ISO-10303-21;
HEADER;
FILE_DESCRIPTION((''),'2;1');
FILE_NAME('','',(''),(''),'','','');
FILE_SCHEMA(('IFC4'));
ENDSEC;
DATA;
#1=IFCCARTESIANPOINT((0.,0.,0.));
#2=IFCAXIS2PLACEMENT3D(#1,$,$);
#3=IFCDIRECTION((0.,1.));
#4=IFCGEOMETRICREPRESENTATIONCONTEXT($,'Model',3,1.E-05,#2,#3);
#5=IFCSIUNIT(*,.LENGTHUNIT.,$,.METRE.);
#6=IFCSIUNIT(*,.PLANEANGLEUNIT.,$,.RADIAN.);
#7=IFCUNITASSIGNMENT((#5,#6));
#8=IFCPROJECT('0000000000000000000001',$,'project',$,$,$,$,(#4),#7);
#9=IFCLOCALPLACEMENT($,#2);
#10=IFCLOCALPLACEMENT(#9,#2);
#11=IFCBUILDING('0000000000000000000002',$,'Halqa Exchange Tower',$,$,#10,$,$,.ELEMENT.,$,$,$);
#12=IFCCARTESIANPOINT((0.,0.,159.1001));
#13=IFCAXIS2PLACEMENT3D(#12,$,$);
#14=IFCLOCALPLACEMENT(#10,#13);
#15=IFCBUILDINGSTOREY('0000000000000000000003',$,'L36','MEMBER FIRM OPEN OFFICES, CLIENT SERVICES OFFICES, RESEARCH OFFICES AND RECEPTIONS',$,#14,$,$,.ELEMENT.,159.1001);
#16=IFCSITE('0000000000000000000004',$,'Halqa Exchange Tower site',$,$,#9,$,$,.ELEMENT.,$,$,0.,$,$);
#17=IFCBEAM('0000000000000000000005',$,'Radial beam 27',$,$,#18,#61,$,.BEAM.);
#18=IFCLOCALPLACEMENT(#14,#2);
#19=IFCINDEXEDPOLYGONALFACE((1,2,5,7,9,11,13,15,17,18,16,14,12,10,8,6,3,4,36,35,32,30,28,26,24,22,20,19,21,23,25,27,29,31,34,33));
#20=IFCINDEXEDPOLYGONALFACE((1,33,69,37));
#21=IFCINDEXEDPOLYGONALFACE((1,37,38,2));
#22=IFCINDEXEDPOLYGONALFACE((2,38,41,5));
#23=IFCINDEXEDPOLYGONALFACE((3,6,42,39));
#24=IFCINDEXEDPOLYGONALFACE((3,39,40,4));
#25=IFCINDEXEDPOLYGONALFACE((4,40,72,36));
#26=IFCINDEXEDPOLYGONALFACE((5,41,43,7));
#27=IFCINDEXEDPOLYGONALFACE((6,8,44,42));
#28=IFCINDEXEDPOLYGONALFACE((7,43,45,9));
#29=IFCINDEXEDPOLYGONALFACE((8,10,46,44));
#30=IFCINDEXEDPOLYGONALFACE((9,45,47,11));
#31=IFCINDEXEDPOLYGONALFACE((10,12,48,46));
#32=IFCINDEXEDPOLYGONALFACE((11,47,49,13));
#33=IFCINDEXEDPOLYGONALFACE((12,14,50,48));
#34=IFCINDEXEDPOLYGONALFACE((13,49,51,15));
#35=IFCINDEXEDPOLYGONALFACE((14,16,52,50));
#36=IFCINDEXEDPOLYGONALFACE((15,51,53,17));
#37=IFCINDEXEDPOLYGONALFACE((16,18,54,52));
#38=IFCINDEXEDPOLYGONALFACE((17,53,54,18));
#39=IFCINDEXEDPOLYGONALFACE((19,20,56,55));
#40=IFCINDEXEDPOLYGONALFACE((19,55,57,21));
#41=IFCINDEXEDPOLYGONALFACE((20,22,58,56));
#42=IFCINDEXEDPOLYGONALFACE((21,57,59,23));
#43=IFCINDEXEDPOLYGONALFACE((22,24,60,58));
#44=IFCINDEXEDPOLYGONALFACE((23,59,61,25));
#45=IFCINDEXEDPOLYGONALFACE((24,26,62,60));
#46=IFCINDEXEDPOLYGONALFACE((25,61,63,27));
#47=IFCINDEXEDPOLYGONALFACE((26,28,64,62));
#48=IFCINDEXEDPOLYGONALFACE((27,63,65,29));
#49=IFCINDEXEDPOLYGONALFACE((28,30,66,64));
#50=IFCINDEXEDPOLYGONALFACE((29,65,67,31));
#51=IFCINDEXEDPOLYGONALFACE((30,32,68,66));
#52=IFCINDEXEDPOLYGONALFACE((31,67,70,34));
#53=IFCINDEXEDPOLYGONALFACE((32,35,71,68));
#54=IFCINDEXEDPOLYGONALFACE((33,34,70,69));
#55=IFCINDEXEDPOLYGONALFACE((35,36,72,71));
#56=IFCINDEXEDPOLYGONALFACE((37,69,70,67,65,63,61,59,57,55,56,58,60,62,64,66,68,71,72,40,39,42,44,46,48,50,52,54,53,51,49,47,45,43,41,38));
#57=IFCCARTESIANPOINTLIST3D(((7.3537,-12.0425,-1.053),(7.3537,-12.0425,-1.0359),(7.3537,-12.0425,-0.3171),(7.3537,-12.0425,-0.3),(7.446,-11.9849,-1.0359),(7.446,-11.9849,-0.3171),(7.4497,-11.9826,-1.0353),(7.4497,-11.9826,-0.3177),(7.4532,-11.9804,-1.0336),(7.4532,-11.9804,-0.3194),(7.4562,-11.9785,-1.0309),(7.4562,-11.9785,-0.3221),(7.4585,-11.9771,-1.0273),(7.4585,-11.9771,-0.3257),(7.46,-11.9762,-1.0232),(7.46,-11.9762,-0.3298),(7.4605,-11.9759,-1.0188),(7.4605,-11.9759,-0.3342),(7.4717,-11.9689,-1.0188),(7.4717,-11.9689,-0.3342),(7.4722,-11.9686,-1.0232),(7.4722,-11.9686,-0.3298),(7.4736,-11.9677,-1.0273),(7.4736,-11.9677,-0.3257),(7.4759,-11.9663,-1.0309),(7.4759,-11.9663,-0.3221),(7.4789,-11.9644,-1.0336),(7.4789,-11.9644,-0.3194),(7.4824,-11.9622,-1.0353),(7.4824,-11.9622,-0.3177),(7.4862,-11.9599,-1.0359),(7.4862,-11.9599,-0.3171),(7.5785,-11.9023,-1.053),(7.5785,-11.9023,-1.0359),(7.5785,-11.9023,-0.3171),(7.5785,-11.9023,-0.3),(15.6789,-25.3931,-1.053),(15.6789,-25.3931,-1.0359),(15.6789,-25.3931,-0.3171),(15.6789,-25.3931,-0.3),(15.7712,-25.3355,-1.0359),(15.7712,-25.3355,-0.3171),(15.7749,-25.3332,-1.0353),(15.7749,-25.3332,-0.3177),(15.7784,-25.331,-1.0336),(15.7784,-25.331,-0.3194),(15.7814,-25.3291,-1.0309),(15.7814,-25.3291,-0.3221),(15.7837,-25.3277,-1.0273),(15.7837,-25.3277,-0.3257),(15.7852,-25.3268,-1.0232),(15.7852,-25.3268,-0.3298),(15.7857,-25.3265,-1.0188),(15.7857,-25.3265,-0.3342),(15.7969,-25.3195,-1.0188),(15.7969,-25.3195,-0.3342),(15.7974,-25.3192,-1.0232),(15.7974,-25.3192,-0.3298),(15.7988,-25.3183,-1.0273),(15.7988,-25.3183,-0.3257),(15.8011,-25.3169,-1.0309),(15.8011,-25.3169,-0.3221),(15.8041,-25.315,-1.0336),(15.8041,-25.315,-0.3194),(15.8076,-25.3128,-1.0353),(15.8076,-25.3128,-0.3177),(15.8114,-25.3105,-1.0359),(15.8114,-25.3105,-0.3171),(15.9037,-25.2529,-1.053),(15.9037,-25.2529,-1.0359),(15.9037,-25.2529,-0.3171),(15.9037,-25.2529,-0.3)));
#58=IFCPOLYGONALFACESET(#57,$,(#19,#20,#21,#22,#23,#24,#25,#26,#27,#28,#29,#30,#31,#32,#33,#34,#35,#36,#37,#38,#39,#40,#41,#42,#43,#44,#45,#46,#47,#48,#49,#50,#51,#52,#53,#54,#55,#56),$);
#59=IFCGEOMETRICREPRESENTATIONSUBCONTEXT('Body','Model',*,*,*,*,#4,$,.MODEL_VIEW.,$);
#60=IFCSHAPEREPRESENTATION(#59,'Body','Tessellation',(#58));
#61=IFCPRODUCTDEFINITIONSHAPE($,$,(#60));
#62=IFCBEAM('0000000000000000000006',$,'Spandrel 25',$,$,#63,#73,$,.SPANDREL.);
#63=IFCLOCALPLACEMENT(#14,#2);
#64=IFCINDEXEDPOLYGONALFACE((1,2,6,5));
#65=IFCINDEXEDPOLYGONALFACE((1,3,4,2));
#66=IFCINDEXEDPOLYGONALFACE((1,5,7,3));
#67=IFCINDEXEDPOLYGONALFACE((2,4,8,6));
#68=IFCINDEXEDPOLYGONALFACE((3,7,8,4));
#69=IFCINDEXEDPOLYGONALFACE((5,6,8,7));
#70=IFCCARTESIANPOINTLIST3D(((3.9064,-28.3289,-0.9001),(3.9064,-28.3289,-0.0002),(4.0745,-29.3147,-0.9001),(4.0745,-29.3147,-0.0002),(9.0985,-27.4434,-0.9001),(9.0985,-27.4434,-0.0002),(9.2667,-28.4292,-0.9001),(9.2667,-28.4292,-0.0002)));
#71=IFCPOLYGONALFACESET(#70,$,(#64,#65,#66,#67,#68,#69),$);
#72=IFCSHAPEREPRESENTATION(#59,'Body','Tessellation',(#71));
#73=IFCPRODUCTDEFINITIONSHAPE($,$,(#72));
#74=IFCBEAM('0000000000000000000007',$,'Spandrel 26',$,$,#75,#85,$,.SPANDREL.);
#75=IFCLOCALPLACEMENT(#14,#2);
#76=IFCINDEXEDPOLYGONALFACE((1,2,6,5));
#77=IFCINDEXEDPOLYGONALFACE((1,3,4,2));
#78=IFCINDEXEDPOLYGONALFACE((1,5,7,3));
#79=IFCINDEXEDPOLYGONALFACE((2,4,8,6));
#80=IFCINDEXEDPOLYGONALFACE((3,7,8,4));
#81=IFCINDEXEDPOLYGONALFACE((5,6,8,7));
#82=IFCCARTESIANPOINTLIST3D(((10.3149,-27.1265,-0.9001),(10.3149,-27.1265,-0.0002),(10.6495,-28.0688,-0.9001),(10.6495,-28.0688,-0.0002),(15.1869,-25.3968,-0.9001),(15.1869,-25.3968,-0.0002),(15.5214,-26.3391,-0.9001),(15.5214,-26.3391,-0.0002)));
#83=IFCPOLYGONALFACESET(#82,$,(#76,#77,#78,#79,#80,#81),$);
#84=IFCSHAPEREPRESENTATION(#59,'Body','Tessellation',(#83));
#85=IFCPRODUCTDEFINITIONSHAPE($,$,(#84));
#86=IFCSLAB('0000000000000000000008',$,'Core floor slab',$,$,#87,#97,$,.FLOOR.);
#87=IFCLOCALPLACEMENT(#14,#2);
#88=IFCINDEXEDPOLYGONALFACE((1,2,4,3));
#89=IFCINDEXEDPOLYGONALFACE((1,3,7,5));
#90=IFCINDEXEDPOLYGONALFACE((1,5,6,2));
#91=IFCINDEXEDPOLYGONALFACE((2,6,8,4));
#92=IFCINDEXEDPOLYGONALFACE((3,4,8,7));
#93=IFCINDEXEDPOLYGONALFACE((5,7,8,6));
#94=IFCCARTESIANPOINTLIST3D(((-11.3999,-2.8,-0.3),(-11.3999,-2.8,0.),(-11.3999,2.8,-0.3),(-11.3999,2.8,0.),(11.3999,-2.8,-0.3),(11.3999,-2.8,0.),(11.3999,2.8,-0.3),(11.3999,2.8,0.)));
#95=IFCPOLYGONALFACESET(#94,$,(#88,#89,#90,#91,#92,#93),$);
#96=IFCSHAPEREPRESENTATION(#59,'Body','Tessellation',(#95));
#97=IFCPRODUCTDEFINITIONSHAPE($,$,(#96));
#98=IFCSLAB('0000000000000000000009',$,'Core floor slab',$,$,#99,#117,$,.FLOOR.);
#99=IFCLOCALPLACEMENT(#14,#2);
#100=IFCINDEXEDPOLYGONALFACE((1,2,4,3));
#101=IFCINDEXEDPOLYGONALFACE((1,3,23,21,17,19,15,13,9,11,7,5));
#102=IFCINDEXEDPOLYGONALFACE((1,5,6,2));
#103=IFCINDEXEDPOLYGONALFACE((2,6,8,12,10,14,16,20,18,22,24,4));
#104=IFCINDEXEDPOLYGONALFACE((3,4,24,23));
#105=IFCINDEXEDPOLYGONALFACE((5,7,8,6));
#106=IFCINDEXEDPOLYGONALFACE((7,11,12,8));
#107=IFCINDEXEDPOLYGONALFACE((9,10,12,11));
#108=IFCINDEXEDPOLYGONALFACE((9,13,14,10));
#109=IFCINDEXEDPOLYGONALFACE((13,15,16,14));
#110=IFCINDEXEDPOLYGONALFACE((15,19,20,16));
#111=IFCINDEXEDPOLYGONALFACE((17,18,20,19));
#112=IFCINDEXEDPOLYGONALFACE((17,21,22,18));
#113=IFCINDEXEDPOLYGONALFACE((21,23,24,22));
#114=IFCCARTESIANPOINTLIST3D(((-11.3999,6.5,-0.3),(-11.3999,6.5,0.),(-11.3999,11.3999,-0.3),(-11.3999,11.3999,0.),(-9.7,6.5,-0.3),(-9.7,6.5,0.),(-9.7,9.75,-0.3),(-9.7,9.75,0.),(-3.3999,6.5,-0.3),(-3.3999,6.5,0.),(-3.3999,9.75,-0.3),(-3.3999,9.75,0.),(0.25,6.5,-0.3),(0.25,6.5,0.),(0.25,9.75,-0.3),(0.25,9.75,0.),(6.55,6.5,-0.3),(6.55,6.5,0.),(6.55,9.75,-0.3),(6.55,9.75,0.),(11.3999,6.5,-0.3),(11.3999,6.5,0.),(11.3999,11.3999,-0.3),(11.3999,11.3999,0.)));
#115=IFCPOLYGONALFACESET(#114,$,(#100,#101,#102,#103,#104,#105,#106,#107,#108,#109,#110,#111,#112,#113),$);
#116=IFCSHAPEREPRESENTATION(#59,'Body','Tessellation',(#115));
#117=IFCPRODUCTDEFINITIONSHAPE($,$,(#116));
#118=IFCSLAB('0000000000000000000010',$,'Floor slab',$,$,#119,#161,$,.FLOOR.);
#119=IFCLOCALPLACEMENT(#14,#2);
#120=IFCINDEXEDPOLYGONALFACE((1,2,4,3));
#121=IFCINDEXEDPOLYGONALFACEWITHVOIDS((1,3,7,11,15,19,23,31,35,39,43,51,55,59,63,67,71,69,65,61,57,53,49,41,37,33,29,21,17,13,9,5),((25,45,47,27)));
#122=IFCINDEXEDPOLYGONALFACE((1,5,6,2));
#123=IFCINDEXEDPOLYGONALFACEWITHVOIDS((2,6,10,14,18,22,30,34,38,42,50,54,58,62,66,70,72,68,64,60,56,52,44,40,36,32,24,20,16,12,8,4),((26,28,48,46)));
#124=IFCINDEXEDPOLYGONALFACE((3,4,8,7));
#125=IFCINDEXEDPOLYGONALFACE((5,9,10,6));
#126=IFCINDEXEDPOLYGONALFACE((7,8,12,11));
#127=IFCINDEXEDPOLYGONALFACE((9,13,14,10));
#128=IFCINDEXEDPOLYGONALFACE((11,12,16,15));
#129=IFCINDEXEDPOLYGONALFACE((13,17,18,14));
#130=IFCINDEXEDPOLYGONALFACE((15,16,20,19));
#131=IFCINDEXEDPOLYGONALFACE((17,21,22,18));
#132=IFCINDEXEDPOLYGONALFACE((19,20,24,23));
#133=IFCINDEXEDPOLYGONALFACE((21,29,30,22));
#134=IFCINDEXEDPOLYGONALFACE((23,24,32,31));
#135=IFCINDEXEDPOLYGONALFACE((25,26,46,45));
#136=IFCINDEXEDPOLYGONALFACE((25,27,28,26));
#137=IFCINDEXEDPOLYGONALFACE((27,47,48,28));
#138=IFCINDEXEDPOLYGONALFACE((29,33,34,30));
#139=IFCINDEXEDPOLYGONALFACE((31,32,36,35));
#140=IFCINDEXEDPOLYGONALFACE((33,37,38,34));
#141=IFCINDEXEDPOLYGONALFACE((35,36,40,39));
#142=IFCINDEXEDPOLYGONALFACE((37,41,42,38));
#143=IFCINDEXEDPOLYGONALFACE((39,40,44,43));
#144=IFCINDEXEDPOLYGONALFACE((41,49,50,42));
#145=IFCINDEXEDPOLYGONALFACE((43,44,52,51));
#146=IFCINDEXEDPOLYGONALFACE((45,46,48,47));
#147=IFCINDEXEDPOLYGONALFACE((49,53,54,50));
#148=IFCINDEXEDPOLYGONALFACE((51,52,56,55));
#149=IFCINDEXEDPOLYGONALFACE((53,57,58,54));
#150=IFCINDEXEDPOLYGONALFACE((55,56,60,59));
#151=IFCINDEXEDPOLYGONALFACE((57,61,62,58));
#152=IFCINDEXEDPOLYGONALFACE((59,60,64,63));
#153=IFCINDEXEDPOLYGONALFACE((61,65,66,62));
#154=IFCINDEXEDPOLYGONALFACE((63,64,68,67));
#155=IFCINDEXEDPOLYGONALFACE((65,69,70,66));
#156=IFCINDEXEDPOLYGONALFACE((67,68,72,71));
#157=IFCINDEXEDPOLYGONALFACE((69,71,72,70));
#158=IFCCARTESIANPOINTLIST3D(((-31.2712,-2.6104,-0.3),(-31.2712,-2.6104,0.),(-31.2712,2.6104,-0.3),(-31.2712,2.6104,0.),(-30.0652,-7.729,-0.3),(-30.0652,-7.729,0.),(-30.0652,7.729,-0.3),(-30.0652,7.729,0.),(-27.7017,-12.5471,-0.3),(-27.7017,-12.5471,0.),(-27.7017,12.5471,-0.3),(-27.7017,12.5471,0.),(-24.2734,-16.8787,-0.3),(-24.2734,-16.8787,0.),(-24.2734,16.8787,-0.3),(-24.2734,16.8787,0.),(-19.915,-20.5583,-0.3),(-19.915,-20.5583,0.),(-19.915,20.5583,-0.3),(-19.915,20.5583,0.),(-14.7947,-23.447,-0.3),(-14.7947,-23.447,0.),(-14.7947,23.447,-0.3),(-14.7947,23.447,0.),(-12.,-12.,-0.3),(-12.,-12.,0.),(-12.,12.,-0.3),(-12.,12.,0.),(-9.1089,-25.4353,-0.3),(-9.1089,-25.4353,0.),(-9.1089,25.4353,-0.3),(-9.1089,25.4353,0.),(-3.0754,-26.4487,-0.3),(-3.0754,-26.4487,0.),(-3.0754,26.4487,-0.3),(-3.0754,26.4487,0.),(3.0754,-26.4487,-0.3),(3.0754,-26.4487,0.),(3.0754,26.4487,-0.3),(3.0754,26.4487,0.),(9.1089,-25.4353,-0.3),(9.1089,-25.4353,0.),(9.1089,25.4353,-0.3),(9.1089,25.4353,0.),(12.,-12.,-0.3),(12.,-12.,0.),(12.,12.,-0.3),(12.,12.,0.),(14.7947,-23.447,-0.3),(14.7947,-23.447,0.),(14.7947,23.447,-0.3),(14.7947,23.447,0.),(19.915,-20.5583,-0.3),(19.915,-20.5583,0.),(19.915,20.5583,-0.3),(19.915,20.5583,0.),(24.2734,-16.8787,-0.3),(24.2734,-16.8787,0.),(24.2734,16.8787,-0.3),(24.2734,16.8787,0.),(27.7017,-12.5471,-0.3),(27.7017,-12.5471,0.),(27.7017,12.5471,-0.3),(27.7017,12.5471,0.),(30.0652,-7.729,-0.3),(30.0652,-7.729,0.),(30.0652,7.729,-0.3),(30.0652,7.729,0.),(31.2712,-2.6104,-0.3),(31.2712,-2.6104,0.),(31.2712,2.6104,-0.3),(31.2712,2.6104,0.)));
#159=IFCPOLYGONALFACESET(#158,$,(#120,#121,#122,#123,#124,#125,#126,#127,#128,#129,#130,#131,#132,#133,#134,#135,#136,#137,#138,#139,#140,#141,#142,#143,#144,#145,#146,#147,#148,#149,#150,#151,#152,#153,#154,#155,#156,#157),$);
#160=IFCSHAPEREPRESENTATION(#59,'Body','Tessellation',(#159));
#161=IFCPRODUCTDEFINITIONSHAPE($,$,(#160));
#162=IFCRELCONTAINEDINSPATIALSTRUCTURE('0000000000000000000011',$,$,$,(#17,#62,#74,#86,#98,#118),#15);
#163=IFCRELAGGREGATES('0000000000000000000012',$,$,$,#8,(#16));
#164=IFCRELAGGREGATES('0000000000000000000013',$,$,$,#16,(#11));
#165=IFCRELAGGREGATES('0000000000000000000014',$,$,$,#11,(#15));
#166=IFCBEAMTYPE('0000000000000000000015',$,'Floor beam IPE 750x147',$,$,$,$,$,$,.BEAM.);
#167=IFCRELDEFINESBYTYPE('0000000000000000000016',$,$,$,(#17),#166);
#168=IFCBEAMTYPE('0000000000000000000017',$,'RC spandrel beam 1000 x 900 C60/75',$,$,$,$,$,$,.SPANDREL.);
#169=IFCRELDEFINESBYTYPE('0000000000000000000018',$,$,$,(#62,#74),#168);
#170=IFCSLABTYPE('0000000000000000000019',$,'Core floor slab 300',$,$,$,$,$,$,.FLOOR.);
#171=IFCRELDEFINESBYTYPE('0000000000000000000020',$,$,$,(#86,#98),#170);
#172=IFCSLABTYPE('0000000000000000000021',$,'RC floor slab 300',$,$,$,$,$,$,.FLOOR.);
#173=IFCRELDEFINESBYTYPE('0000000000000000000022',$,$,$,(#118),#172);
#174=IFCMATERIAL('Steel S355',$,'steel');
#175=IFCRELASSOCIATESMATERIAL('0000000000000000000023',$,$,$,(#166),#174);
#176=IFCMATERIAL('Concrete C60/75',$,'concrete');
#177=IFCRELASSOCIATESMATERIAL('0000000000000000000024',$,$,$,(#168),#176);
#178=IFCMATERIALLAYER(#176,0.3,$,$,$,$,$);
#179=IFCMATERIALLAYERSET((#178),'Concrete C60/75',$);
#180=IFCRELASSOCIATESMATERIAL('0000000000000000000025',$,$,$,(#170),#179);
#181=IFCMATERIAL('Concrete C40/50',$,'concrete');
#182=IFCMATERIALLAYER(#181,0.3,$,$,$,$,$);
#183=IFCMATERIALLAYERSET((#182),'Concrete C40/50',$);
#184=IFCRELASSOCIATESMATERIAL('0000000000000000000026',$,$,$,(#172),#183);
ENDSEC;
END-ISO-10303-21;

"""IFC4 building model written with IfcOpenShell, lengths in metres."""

from ifc_helpers import new_model, si_unit, direction, frame, origin, origin_2d, place, context, subcontext, project, spatial, polyline, rectangle, i_section, outline, extrude, material, layer, layer_set, material_profile, profile_set, type_object, element, save


model = new_model("IFC4")

# Units and contexts
model_context = context("Model", 3, precision=1e-05, world=origin(), true_north=direction((0.0, 1.0)))
body_context = subcontext(model_context, "Body", "Model", "MODEL_VIEW")
ifc_project = project(units=[si_unit("LENGTHUNIT", "METRE"), si_unit("PLANEANGLEUNIT", "RADIAN")], contexts=[model_context])

# Site, building, storey
site_placement = place(None, origin())
site = spatial("IfcSite", under=ifc_project, at=site_placement, Name="Halqa Exchange Tower site", CompositionType="ELEMENT", RefElevation=0.0)
building_placement = place(site_placement, origin())
building = spatial("IfcBuilding", under=site, at=building_placement, Name="Halqa Exchange Tower", CompositionType="ELEMENT")
storey_placement = place(building_placement, frame((0.0, 0.0, 159.1001)))
storey = spatial("IfcBuildingStorey", under=building, at=storey_placement, Name="L36", Description="MEMBER FIRM OPEN OFFICES, CLIENT SERVICES OFFICES, RESEARCH OFFICES AND RECEPTIONS", CompositionType="ELEMENT", Elevation=159.1001)

# Beams
ifc_material_1 = material(Name="Steel S355", Category="steel")
ifc_material_profile_1 = material_profile(ifc_material_1, i_section(OverallWidth=0.2649, OverallDepth=0.7529, WebThickness=0.0132, FlangeThickness=0.0171, FilletRadius=0.0171, at=origin_2d()), Name="IPE 750x147")
ifc_profile_set_1 = profile_set([ifc_material_profile_1], Name="Steel S355")
beam_type_1 = type_object("IfcBeamType", Name="Floor beam IPE 750x147", PredefinedType="BEAM", material=ifc_profile_set_1)
beam_1_placement = place(storey_placement, frame((7.4661, -11.9724, -0.6765), z_axis=(0.529134, -0.848538, 0.0), x_axis=(0.848538, 0.529134, 0.0)))
element("IfcBeam", 1, at=beam_1_placement, inside=storey, type_object=beam_type_1, Name="Radial beam 27", PredefinedType="BEAM", context=body_context, shape_type="SweptSolid", body=[
    extrude(i_section(OverallWidth=0.2649, OverallDepth=0.7529, WebThickness=0.0132, FlangeThickness=0.0171, FilletRadius=0.0171, at=origin_2d()), origin(), (0.0, 0.0, 1.0), 15.7336),
])
ifc_material_2 = material(Name="Concrete C60/75", Category="concrete")
ifc_material_profile_2 = material_profile(ifc_material_2, rectangle(XDim=1.0, YDim=0.8999, at=origin_2d()), Name="1000 x 900")
ifc_profile_set_2 = profile_set([ifc_material_profile_2], Name="Concrete C60/75")
beam_type_2 = type_object("IfcBeamType", Name="RC spandrel beam 1000 x 900 C60/75", PredefinedType="SPANDREL", material=ifc_profile_set_2)
beam_2_placement = place(storey_placement, frame((3.9905, -28.8218, -0.4502), z_axis=(0.985767, 0.168119, 0.0), x_axis=(-0.168119, 0.985767, 0.0)))
element("IfcBeam", 2, at=beam_2_placement, inside=storey, type_object=beam_type_2, Name="Spandrel 25", PredefinedType="SPANDREL", context=body_context, shape_type="SweptSolid", body=[
    extrude(rectangle(XDim=1.0, YDim=0.8999, at=origin_2d()), origin(), (0.0, 0.0, 1.0), 5.2671),
])
beam_3_placement = place(storey_placement, frame((10.4822, -27.5977, -0.4502), z_axis=(0.942371, 0.334571, 0.0), x_axis=(-0.334571, 0.942371, 0.0)))
element("IfcBeam", 3, at=beam_3_placement, inside=storey, type_object=beam_type_2, Name="Spandrel 26", PredefinedType="SPANDREL", context=body_context, shape_type="SweptSolid", body=[
    extrude(rectangle(XDim=1.0, YDim=0.8999, at=origin_2d()), origin(), (0.0, 0.0, 1.0), 5.1699),
])

# Slabs
ifc_layer_1 = layer(ifc_material_2, 0.3)
ifc_layer_set_1 = layer_set([ifc_layer_1], Name="Concrete C60/75")
slab_type_1 = type_object("IfcSlabType", Name="Core floor slab 300", PredefinedType="FLOOR", material=ifc_layer_set_1)
slab_1_placement = place(storey_placement, frame((0.0, 0.0, -0.3)))
element("IfcSlab", 4, at=slab_1_placement, inside=storey, type_object=slab_type_1, Name="Core floor slab", PredefinedType="FLOOR", context=body_context, shape_type="SweptSolid", body=[
    extrude(outline(polyline([(-11.3999, 2.8), (11.3999, 2.8), (11.3999, -2.8), (-11.3999, -2.8), (-11.3999, 2.8)])), origin(), (0.0, 0.0, 1.0), 0.3),
])
slab_2_placement = place(storey_placement, frame((0.0, 0.0, -0.3)))
element("IfcSlab", 5, at=slab_2_placement, inside=storey, type_object=slab_type_1, Name="Core floor slab", PredefinedType="FLOOR", context=body_context, shape_type="SweptSolid", body=[
    extrude(outline(polyline([(-11.3999, 11.3999), (11.3999, 11.3999), (11.3999, 6.5), (6.55, 6.5), (6.55, 9.75), (0.25, 9.75), (0.25, 6.5), (-3.3999, 6.5), (-3.3999, 9.75), (-9.7, 9.75), (-9.7, 6.5), (-11.3999, 6.5), (-11.3999, 11.3999)])), origin(), (0.0, 0.0, 1.0), 0.3),
])
ifc_material_3 = material(Name="Concrete C40/50", Category="concrete")
ifc_layer_2 = layer(ifc_material_3, 0.3)
ifc_layer_set_2 = layer_set([ifc_layer_2], Name="Concrete C40/50")
slab_type_2 = type_object("IfcSlabType", Name="RC floor slab 300", PredefinedType="FLOOR", material=ifc_layer_set_2)
slab_3_placement = place(storey_placement, frame((0.0, 0.0, -0.3)))
element("IfcSlab", 6, at=slab_3_placement, inside=storey, type_object=slab_type_2, Name="Floor slab", PredefinedType="FLOOR", context=body_context, shape_type="SweptSolid", body=[
    extrude(outline(polyline([(31.2712, 2.6104), (30.0652, 7.729), (27.7017, 12.5471), (24.2734, 16.8787), (19.915, 20.5583), (14.7947, 23.447), (9.1089, 25.4353), (3.0754, 26.4487), (-3.0754, 26.4487), (-9.1089, 25.4353), (-14.7947, 23.447), (-19.915, 20.5583), (-24.2734, 16.8787), (-27.7017, 12.5471), (-30.0652, 7.729), (-31.2712, 2.6104), (-31.2712, -2.6104), (-30.0652, -7.729), (-27.7017, -12.5471), (-24.2734, -16.8787), (-19.915, -20.5583), (-14.7947, -23.447), (-9.1089, -25.4353), (-3.0754, -26.4487), (3.0754, -26.4487), (9.1089, -25.4353), (14.7947, -23.447), (19.915, -20.5583), (24.2734, -16.8787), (27.7017, -12.5471), (30.0652, -7.729), (31.2712, -2.6104), (31.2712, 2.6104)]), holes=[polyline([(-12.0, -12.0), (12.0, -12.0), (12.0, 12.0), (-12.0, 12.0), (-12.0, -12.0)])]), origin(), (0.0, 0.0, 1.0), 0.3),
])

save(model, "model.ifc")
